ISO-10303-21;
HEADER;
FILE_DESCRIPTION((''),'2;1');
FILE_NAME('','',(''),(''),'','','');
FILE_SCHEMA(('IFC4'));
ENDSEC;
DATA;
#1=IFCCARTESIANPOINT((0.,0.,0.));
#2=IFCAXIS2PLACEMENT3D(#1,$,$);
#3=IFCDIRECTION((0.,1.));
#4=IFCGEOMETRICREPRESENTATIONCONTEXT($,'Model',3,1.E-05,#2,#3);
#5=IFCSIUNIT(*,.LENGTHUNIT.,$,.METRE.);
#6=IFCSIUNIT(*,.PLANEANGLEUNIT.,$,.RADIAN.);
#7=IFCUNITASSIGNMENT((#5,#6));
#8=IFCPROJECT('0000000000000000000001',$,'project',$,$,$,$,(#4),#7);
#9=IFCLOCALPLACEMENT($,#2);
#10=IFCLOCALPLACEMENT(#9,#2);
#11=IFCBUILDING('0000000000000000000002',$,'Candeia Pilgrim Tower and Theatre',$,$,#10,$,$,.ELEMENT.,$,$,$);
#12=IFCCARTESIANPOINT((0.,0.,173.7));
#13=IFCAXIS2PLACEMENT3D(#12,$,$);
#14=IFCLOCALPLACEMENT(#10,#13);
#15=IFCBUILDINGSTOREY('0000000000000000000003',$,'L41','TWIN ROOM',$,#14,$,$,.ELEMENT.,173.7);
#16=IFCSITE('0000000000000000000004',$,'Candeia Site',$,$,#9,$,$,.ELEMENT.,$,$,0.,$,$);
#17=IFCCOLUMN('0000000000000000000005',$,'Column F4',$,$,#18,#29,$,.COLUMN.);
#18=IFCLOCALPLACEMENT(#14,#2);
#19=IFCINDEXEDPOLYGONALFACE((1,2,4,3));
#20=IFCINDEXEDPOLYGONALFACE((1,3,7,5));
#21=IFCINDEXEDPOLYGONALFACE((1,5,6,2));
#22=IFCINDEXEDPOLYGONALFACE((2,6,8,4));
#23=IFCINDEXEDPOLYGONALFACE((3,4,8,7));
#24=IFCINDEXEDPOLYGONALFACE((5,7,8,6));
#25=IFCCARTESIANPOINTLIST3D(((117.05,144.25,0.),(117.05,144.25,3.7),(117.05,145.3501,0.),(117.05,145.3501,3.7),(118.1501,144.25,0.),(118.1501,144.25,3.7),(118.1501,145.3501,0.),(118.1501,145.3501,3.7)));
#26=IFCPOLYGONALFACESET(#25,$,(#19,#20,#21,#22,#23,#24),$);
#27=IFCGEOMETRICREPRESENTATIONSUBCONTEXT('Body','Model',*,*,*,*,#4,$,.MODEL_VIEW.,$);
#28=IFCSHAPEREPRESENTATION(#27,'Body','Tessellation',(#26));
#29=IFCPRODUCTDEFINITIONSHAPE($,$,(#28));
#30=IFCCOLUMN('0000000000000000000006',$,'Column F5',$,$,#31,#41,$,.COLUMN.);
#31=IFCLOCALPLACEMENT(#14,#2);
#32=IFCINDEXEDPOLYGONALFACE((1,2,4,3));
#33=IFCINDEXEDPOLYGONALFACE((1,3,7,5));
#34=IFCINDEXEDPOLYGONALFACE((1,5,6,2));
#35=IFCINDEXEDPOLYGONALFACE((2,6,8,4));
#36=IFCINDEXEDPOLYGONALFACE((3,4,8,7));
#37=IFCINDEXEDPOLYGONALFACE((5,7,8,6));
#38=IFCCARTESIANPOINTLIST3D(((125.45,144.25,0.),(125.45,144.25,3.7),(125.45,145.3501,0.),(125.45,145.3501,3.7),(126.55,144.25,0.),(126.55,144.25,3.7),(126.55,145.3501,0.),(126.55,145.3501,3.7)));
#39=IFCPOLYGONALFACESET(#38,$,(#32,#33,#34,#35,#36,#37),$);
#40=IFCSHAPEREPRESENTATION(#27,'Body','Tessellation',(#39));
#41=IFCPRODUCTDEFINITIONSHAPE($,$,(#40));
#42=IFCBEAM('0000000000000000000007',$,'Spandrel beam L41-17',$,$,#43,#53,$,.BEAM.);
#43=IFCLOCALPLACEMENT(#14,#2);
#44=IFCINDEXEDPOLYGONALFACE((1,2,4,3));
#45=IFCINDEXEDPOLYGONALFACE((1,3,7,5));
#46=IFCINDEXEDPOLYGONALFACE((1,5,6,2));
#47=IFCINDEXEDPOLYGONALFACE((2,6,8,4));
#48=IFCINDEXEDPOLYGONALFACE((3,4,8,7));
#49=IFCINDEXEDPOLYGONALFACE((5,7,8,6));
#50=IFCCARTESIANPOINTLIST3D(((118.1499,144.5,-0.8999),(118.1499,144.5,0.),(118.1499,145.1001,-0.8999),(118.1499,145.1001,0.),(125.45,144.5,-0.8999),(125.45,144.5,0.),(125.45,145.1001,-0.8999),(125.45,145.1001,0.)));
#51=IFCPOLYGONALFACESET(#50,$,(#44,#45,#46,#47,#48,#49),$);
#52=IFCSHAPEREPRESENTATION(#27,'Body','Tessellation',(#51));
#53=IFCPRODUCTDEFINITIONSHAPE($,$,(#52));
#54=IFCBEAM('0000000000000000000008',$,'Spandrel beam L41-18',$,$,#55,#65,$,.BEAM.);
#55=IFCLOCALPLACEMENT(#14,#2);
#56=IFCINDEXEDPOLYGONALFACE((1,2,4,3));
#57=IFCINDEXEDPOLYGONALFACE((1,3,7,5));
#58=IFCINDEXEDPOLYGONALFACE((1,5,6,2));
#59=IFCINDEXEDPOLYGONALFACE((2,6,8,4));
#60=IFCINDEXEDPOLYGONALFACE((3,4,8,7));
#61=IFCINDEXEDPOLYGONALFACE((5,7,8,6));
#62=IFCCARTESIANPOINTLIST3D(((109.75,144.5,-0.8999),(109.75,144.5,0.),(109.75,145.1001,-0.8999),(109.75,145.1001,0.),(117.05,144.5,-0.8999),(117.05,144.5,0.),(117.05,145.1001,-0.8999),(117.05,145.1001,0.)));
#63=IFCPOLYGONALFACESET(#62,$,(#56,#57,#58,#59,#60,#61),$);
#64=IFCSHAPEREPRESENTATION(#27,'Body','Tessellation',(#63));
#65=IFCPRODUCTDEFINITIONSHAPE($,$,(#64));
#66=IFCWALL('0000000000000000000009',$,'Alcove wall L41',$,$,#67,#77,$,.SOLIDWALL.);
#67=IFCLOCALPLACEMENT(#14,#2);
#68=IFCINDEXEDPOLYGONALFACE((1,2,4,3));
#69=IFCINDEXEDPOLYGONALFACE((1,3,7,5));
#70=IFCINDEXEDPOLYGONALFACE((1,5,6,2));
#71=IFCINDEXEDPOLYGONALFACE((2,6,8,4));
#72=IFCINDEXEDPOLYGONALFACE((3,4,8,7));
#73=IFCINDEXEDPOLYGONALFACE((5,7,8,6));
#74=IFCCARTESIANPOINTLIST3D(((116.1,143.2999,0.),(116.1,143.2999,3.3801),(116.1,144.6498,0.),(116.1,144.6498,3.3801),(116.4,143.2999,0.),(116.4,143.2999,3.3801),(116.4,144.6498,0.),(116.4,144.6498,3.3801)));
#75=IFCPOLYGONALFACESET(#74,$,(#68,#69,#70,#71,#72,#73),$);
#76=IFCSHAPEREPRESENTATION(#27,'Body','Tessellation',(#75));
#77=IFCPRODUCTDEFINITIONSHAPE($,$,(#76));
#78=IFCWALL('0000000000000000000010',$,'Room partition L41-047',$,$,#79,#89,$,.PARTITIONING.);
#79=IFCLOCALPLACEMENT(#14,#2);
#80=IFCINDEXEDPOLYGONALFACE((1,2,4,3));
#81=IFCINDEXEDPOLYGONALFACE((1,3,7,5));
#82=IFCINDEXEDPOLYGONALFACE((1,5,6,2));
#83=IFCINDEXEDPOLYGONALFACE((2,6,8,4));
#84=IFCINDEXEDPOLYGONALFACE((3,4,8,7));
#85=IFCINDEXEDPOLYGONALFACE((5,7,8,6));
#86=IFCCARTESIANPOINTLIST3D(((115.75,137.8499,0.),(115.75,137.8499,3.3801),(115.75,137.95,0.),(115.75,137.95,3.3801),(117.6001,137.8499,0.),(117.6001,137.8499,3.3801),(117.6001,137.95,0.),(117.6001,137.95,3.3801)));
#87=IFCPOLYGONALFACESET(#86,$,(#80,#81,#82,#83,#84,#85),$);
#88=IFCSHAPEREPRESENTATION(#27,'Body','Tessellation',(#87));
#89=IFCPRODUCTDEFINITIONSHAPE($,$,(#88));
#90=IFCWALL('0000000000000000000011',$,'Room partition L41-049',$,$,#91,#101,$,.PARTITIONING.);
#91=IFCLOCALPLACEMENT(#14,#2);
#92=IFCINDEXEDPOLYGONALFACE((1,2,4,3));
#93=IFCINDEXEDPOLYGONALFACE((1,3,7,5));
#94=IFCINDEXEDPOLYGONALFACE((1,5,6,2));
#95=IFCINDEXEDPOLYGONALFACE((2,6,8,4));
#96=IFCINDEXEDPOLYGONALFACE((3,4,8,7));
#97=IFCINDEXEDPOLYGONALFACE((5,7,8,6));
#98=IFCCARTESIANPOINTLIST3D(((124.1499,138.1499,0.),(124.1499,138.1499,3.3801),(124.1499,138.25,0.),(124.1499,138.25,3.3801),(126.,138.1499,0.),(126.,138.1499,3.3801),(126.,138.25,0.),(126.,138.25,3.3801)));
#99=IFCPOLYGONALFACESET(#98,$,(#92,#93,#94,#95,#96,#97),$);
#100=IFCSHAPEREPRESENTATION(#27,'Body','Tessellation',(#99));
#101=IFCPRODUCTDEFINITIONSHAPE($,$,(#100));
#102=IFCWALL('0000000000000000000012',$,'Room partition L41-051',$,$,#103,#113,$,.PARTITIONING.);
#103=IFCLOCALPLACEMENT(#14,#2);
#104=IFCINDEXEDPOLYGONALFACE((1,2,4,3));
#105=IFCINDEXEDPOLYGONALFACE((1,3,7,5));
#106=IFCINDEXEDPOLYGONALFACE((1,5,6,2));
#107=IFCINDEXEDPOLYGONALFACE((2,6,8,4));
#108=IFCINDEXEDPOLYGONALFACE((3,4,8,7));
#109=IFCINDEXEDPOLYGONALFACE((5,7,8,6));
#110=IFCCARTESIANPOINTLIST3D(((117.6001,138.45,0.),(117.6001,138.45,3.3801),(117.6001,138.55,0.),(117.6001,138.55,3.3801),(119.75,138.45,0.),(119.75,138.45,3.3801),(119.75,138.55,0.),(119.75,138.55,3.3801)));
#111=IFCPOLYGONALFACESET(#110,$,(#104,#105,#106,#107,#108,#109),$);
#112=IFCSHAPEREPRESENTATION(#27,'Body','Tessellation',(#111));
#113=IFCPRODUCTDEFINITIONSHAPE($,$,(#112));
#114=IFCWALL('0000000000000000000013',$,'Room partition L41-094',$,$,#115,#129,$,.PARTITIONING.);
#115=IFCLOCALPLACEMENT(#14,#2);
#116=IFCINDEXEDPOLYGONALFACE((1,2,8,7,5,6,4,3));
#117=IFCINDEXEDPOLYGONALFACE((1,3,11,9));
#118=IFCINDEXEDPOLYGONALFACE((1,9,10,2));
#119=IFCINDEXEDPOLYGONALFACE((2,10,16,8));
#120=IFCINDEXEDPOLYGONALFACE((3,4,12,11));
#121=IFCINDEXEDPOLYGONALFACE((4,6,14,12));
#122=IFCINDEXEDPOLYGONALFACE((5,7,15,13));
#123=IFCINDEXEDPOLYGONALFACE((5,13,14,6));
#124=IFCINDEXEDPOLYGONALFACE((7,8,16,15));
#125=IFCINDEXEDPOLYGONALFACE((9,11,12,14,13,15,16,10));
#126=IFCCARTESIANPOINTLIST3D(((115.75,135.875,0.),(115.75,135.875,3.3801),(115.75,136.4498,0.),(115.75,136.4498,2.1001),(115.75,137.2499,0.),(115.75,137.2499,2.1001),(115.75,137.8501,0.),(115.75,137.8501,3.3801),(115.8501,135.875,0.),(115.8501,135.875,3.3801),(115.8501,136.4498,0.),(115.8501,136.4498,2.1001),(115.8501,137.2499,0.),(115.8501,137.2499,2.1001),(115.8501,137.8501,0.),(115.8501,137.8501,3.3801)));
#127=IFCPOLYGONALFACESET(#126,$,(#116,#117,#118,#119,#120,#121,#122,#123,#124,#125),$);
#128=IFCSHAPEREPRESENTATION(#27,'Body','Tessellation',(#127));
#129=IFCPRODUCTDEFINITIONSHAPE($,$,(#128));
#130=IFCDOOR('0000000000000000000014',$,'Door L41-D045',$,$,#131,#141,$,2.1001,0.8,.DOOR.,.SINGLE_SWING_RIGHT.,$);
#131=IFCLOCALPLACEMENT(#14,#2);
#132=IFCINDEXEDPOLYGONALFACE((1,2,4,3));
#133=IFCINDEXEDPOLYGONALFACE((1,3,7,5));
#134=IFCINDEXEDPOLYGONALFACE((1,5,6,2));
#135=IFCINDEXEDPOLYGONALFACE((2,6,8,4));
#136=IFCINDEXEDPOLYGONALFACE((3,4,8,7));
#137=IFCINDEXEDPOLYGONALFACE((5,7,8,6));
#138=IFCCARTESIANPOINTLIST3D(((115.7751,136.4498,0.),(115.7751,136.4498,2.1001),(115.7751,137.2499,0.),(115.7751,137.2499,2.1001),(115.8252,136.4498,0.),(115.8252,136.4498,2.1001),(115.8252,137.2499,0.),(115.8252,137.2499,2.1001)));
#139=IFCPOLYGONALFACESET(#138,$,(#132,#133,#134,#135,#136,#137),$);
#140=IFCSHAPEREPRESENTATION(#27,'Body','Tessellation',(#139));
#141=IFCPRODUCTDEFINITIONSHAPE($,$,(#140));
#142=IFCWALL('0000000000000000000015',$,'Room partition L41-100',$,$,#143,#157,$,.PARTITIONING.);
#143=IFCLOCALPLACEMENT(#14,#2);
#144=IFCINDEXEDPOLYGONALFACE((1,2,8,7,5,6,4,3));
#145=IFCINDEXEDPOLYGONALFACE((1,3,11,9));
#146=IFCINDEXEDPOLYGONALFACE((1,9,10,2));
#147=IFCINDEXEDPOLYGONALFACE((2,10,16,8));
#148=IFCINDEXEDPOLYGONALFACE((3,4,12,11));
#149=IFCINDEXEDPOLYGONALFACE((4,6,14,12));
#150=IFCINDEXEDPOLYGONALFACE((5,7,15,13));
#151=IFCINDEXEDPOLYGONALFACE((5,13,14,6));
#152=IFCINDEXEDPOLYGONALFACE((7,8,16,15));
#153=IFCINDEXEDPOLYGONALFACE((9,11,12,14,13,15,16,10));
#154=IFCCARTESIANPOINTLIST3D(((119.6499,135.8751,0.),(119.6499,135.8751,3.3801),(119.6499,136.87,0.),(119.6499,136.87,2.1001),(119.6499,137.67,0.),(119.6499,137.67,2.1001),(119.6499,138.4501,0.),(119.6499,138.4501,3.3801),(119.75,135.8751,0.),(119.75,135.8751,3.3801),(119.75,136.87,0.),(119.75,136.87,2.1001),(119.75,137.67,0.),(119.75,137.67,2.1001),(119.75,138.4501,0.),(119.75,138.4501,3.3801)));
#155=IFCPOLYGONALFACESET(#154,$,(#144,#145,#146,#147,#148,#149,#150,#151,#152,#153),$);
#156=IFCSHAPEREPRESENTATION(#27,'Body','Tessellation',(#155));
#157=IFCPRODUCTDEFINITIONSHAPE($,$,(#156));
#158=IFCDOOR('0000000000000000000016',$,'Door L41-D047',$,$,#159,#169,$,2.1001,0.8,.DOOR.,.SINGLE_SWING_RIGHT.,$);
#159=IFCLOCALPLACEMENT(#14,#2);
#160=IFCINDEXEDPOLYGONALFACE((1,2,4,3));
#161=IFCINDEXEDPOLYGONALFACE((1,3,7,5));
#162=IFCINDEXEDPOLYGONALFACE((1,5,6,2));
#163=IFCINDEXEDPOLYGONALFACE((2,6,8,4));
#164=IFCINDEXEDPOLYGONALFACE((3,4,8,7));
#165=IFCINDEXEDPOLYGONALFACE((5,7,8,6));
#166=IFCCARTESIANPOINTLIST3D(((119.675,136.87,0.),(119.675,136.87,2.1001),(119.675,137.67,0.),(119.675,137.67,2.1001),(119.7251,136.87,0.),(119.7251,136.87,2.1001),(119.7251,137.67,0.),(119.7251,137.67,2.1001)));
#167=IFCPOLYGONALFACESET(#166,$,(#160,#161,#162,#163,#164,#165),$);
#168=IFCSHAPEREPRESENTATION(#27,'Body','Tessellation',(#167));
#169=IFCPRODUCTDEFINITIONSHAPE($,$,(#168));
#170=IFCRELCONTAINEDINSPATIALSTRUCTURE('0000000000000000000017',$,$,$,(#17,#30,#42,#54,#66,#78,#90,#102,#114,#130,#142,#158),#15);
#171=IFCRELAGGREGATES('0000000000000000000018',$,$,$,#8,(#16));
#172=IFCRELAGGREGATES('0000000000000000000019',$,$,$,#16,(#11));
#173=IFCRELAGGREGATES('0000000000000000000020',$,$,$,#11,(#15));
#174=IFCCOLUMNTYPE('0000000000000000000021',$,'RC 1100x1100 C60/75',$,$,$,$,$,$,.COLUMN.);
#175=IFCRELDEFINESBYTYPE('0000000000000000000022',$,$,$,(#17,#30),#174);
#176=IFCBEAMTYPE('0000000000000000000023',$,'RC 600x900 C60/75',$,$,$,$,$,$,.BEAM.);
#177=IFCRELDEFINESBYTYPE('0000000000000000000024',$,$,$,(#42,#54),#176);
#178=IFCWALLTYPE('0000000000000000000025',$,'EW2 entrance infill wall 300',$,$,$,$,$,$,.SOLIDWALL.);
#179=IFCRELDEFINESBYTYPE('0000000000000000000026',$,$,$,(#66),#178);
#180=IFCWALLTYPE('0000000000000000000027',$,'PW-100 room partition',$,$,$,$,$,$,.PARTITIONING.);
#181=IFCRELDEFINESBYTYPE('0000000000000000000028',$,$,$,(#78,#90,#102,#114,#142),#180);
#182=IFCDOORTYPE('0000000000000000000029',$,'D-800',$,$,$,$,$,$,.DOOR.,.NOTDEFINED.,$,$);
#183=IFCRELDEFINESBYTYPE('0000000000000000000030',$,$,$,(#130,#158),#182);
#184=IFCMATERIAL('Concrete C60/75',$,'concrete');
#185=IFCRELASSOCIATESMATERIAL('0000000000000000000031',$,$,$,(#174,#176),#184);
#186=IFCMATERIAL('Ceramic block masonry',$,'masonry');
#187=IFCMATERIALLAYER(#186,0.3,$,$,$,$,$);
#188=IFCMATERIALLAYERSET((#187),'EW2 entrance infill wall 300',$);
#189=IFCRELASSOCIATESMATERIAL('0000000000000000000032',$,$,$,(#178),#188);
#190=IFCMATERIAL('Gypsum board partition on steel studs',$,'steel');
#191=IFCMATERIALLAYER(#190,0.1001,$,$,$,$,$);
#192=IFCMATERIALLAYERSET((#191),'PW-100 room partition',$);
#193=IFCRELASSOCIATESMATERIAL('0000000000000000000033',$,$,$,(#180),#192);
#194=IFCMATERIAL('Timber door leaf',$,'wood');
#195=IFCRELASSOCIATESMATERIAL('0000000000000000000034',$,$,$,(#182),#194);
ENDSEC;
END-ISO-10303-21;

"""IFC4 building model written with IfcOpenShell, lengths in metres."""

from ifc_helpers import new_model, si_unit, direction, frame, frame_2d, origin, origin_2d, place, context, subcontext, project, spatial, rectangle, extrude, material, layer, layer_set, material_profile, profile_set, type_object, element, fill, save


model = new_model("IFC4")

# Units and contexts
model_context = context("Model", 3, precision=1e-05, world=origin(), true_north=direction((0.0, 1.0)))
body_context = subcontext(model_context, "Body", "Model", "MODEL_VIEW")
ifc_project = project(units=[si_unit("LENGTHUNIT", "METRE"), si_unit("PLANEANGLEUNIT", "RADIAN")], contexts=[model_context])

# Site, building, storey
site_placement = place(None, origin())
site = spatial("IfcSite", under=ifc_project, at=site_placement, Name="Candeia Site", CompositionType="ELEMENT", RefElevation=0.0)
building_placement = place(site_placement, origin())
building = spatial("IfcBuilding", under=site, at=building_placement, Name="Candeia Pilgrim Tower and Theatre", CompositionType="ELEMENT")
storey_placement = place(building_placement, frame((0.0, 0.0, 173.7)))
storey = spatial("IfcBuildingStorey", under=building, at=storey_placement, Name="L41", Description="TWIN ROOM", CompositionType="ELEMENT", Elevation=173.7)

# Columns
ifc_material_1 = material(Name="Concrete C60/75", Category="concrete")
ifc_material_profile_1 = material_profile(ifc_material_1, rectangle(XDim=1.1001, YDim=1.1001, at=origin_2d()))
ifc_profile_set_1 = profile_set([ifc_material_profile_1], Name="Concrete C60/75")
column_type = type_object("IfcColumnType", Name="RC 1100x1100 C60/75", PredefinedType="COLUMN", material=ifc_profile_set_1)
for number, where, z_axis, x_axis, name in (
    (1, (117.6001, 144.8, 0.0), (0.0, 0.0, 1.0), (1.0, 0.0, 0.0), "Column F4"),
    (2, (126.0, 144.8, 0.0), (0.0, 0.0, 1.0), (1.0, 0.0, 0.0), "Column F5"),
):
    element("IfcColumn", number, at=place(storey_placement, frame(where, z_axis=z_axis, x_axis=x_axis)), inside=storey, type_object=column_type, Name=name, PredefinedType="COLUMN", context=body_context, shape_type="SweptSolid", body=[
        extrude(rectangle(XDim=1.1001, YDim=1.1001, at=origin_2d()), origin(), (0.0, 0.0, 1.0), 3.7),
    ])

# Beams
ifc_material_profile_2 = material_profile(ifc_material_1, rectangle(XDim=0.6001, YDim=0.8999, at=origin_2d()))
ifc_profile_set_2 = profile_set([ifc_material_profile_2], Name="Concrete C60/75")
beam_type = type_object("IfcBeamType", Name="RC 600x900 C60/75", PredefinedType="BEAM", material=ifc_profile_set_2)
for number, where, z_axis, x_axis, name in (
    (3, (125.45, 144.8, -0.45), (-1.0, 0.0, 0.0), (0.0, -1.0, 0.0), "Spandrel beam L41-17"),
    (4, (117.05, 144.8, -0.45), (-1.0, 0.0, 0.0), (0.0, -1.0, 0.0), "Spandrel beam L41-18"),
):
    element("IfcBeam", number, at=place(storey_placement, frame(where, z_axis=z_axis, x_axis=x_axis)), inside=storey, type_object=beam_type, Name=name, PredefinedType="BEAM", context=body_context, shape_type="SweptSolid", body=[
        extrude(rectangle(XDim=0.6001, YDim=0.8999, at=origin_2d()), origin(), (0.0, 0.0, 1.0), 7.3),
    ])

# Wall
ifc_material_2 = material(Name="Ceramic block masonry", Category="masonry")
ifc_layer_1 = layer(ifc_material_2, 0.3)
ifc_layer_set_1 = layer_set([ifc_layer_1], Name="EW2 entrance infill wall 300")
wall_type_1 = type_object("IfcWallType", Name="EW2 entrance infill wall 300", PredefinedType="SOLIDWALL", material=ifc_layer_set_1)
wall_1_placement = place(storey_placement, frame((116.25, 143.3, 0.0), z_axis=(0.0, 0.0, 1.0), x_axis=(0.0, 1.0, 0.0)))
element("IfcWall", 5, at=wall_1_placement, inside=storey, type_object=wall_type_1, Name="Alcove wall L41", PredefinedType="SOLIDWALL", context=body_context, shape_type="SweptSolid", body=[
    extrude(rectangle(XDim=1.3499, YDim=0.3, at=frame_2d((0.6748, 0.0))), origin(), (0.0, 0.0, 1.0), 3.3801),
])

# Walls
ifc_material_3 = material(Name="Gypsum board partition on steel studs", Category="steel")
ifc_layer_2 = layer(ifc_material_3, 0.1001)
ifc_layer_set_2 = layer_set([ifc_layer_2], Name="PW-100 room partition")
wall_type_2 = type_object("IfcWallType", Name="PW-100 room partition", PredefinedType="PARTITIONING", material=ifc_layer_set_2)
for number, where, z_axis, x_axis, name in (
    (6, (115.75, 137.8999, 0.0), (0.0, 0.0, 1.0), (1.0, 0.0, 0.0), "Room partition L41-047"),
    (7, (124.1499, 138.2, 0.0), (0.0, 0.0, 1.0), (1.0, 0.0, 0.0), "Room partition L41-049"),
):
    element("IfcWall", number, at=place(storey_placement, frame(where, z_axis=z_axis, x_axis=x_axis)), inside=storey, type_object=wall_type_2, Name=name, PredefinedType="PARTITIONING", context=body_context, shape_type="SweptSolid", body=[
        extrude(rectangle(XDim=1.8501, YDim=0.1001, at=frame_2d((0.925, 0.0))), origin(), (0.0, 0.0, 1.0), 3.3801),
    ])
wall_2_placement = place(storey_placement, frame((117.6001, 138.5, 0.0), z_axis=(0.0, 0.0, 1.0), x_axis=(1.0, 0.0, 0.0)))
element("IfcWall", 8, at=wall_2_placement, inside=storey, type_object=wall_type_2, Name="Room partition L41-051", PredefinedType="PARTITIONING", context=body_context, shape_type="SweptSolid", body=[
    extrude(rectangle(XDim=2.1499, YDim=0.1001, at=frame_2d((1.075, 0.0))), origin(), (0.0, 0.0, 1.0), 3.3801),
])

# Walls, openings, doors
wall_3_placement = place(storey_placement, frame((115.8, 135.875, 0.0), z_axis=(0.0, 0.0, 1.0), x_axis=(0.0, 1.0, 0.0)))
wall_3 = element("IfcWall", 9, at=wall_3_placement, inside=storey, type_object=wall_type_2, Name="Room partition L41-094", PredefinedType="PARTITIONING", context=body_context, shape_type="SweptSolid", body=[
    extrude(rectangle(XDim=1.9751, YDim=0.1001, at=frame_2d((0.9875, 0.0))), origin(), (0.0, 0.0, 1.0), 3.3801),
])
opening_1_placement = place(wall_3_placement, frame((0.575, 0.0, 0.0)))
opening_1 = element("IfcOpeningElement", 10, at=opening_1_placement, cuts=wall_3, PredefinedType="OPENING", context=body_context, shape_type="SweptSolid", body=[
    extrude(rectangle(XDim=0.8, YDim=2.1001, at=frame_2d((0.3999, 1.05))), frame((0.0, 0.0601, 0.0), z_axis=(0.0, -1.0, 0.0), x_axis=(1.0, 0.0, 0.0)), (0.0, 0.0, 1.0), 0.1201),
])
ifc_material_4 = material(Name="Timber door leaf", Category="wood")
door_type_1 = type_object("IfcDoorType", Name="D-800", OperationType="NOTDEFINED", PredefinedType="DOOR", material=ifc_material_4)
door_1_placement = place(opening_1_placement, origin())
door_1 = element("IfcDoor", 11, at=door_1_placement, inside=storey, type_object=door_type_1, Name="Door L41-D045", OperationType="SINGLE_SWING_RIGHT", OverallHeight=2.1001, OverallWidth=0.8, PredefinedType="DOOR", context=body_context, shape_type="SweptSolid", body=[
    extrude(rectangle(XDim=0.8, YDim=2.1001, at=frame_2d((0.3999, 1.05))), frame((0.0, 0.0249, 0.0), z_axis=(0.0, -1.0, 0.0), x_axis=(1.0, 0.0, 0.0)), (0.0, 0.0, 1.0), 0.05),
])
fill(opening_1, door_1)
wall_4_placement = place(storey_placement, frame((119.7, 135.875, 0.0), z_axis=(0.0, 0.0, 1.0), x_axis=(0.0, 1.0, 0.0)))
wall_4 = element("IfcWall", 12, at=wall_4_placement, inside=storey, type_object=wall_type_2, Name="Room partition L41-100", PredefinedType="PARTITIONING", context=body_context, shape_type="SweptSolid", body=[
    extrude(rectangle(XDim=2.575, YDim=0.1001, at=frame_2d((1.2876, 0.0))), origin(), (0.0, 0.0, 1.0), 3.3801),
])
opening_2_placement = place(wall_4_placement, frame((0.9951, 0.0, 0.0)))
opening_2 = element("IfcOpeningElement", 13, at=opening_2_placement, cuts=wall_4, PredefinedType="OPENING", context=body_context, shape_type="SweptSolid", body=[
    extrude(rectangle(XDim=0.8, YDim=2.1001, at=frame_2d((0.3999, 1.05))), frame((0.0, 0.0601, 0.0), z_axis=(0.0, -1.0, 0.0), x_axis=(1.0, 0.0, 0.0)), (0.0, 0.0, 1.0), 0.1201),
])
door_2_placement = place(opening_2_placement, origin())
door_2 = element("IfcDoor", 14, at=door_2_placement, inside=storey, type_object=door_type_1, Name="Door L41-D047", OperationType="SINGLE_SWING_RIGHT", OverallHeight=2.1001, OverallWidth=0.8, PredefinedType="DOOR", context=body_context, shape_type="SweptSolid", body=[
    extrude(rectangle(XDim=0.8, YDim=2.1001, at=frame_2d((0.3999, 1.05))), frame((0.0, 0.0249, 0.0), z_axis=(0.0, -1.0, 0.0), x_axis=(1.0, 0.0, 0.0)), (0.0, 0.0, 1.0), 0.05),
])
fill(opening_2, door_2)

save(model, "model.ifc")
